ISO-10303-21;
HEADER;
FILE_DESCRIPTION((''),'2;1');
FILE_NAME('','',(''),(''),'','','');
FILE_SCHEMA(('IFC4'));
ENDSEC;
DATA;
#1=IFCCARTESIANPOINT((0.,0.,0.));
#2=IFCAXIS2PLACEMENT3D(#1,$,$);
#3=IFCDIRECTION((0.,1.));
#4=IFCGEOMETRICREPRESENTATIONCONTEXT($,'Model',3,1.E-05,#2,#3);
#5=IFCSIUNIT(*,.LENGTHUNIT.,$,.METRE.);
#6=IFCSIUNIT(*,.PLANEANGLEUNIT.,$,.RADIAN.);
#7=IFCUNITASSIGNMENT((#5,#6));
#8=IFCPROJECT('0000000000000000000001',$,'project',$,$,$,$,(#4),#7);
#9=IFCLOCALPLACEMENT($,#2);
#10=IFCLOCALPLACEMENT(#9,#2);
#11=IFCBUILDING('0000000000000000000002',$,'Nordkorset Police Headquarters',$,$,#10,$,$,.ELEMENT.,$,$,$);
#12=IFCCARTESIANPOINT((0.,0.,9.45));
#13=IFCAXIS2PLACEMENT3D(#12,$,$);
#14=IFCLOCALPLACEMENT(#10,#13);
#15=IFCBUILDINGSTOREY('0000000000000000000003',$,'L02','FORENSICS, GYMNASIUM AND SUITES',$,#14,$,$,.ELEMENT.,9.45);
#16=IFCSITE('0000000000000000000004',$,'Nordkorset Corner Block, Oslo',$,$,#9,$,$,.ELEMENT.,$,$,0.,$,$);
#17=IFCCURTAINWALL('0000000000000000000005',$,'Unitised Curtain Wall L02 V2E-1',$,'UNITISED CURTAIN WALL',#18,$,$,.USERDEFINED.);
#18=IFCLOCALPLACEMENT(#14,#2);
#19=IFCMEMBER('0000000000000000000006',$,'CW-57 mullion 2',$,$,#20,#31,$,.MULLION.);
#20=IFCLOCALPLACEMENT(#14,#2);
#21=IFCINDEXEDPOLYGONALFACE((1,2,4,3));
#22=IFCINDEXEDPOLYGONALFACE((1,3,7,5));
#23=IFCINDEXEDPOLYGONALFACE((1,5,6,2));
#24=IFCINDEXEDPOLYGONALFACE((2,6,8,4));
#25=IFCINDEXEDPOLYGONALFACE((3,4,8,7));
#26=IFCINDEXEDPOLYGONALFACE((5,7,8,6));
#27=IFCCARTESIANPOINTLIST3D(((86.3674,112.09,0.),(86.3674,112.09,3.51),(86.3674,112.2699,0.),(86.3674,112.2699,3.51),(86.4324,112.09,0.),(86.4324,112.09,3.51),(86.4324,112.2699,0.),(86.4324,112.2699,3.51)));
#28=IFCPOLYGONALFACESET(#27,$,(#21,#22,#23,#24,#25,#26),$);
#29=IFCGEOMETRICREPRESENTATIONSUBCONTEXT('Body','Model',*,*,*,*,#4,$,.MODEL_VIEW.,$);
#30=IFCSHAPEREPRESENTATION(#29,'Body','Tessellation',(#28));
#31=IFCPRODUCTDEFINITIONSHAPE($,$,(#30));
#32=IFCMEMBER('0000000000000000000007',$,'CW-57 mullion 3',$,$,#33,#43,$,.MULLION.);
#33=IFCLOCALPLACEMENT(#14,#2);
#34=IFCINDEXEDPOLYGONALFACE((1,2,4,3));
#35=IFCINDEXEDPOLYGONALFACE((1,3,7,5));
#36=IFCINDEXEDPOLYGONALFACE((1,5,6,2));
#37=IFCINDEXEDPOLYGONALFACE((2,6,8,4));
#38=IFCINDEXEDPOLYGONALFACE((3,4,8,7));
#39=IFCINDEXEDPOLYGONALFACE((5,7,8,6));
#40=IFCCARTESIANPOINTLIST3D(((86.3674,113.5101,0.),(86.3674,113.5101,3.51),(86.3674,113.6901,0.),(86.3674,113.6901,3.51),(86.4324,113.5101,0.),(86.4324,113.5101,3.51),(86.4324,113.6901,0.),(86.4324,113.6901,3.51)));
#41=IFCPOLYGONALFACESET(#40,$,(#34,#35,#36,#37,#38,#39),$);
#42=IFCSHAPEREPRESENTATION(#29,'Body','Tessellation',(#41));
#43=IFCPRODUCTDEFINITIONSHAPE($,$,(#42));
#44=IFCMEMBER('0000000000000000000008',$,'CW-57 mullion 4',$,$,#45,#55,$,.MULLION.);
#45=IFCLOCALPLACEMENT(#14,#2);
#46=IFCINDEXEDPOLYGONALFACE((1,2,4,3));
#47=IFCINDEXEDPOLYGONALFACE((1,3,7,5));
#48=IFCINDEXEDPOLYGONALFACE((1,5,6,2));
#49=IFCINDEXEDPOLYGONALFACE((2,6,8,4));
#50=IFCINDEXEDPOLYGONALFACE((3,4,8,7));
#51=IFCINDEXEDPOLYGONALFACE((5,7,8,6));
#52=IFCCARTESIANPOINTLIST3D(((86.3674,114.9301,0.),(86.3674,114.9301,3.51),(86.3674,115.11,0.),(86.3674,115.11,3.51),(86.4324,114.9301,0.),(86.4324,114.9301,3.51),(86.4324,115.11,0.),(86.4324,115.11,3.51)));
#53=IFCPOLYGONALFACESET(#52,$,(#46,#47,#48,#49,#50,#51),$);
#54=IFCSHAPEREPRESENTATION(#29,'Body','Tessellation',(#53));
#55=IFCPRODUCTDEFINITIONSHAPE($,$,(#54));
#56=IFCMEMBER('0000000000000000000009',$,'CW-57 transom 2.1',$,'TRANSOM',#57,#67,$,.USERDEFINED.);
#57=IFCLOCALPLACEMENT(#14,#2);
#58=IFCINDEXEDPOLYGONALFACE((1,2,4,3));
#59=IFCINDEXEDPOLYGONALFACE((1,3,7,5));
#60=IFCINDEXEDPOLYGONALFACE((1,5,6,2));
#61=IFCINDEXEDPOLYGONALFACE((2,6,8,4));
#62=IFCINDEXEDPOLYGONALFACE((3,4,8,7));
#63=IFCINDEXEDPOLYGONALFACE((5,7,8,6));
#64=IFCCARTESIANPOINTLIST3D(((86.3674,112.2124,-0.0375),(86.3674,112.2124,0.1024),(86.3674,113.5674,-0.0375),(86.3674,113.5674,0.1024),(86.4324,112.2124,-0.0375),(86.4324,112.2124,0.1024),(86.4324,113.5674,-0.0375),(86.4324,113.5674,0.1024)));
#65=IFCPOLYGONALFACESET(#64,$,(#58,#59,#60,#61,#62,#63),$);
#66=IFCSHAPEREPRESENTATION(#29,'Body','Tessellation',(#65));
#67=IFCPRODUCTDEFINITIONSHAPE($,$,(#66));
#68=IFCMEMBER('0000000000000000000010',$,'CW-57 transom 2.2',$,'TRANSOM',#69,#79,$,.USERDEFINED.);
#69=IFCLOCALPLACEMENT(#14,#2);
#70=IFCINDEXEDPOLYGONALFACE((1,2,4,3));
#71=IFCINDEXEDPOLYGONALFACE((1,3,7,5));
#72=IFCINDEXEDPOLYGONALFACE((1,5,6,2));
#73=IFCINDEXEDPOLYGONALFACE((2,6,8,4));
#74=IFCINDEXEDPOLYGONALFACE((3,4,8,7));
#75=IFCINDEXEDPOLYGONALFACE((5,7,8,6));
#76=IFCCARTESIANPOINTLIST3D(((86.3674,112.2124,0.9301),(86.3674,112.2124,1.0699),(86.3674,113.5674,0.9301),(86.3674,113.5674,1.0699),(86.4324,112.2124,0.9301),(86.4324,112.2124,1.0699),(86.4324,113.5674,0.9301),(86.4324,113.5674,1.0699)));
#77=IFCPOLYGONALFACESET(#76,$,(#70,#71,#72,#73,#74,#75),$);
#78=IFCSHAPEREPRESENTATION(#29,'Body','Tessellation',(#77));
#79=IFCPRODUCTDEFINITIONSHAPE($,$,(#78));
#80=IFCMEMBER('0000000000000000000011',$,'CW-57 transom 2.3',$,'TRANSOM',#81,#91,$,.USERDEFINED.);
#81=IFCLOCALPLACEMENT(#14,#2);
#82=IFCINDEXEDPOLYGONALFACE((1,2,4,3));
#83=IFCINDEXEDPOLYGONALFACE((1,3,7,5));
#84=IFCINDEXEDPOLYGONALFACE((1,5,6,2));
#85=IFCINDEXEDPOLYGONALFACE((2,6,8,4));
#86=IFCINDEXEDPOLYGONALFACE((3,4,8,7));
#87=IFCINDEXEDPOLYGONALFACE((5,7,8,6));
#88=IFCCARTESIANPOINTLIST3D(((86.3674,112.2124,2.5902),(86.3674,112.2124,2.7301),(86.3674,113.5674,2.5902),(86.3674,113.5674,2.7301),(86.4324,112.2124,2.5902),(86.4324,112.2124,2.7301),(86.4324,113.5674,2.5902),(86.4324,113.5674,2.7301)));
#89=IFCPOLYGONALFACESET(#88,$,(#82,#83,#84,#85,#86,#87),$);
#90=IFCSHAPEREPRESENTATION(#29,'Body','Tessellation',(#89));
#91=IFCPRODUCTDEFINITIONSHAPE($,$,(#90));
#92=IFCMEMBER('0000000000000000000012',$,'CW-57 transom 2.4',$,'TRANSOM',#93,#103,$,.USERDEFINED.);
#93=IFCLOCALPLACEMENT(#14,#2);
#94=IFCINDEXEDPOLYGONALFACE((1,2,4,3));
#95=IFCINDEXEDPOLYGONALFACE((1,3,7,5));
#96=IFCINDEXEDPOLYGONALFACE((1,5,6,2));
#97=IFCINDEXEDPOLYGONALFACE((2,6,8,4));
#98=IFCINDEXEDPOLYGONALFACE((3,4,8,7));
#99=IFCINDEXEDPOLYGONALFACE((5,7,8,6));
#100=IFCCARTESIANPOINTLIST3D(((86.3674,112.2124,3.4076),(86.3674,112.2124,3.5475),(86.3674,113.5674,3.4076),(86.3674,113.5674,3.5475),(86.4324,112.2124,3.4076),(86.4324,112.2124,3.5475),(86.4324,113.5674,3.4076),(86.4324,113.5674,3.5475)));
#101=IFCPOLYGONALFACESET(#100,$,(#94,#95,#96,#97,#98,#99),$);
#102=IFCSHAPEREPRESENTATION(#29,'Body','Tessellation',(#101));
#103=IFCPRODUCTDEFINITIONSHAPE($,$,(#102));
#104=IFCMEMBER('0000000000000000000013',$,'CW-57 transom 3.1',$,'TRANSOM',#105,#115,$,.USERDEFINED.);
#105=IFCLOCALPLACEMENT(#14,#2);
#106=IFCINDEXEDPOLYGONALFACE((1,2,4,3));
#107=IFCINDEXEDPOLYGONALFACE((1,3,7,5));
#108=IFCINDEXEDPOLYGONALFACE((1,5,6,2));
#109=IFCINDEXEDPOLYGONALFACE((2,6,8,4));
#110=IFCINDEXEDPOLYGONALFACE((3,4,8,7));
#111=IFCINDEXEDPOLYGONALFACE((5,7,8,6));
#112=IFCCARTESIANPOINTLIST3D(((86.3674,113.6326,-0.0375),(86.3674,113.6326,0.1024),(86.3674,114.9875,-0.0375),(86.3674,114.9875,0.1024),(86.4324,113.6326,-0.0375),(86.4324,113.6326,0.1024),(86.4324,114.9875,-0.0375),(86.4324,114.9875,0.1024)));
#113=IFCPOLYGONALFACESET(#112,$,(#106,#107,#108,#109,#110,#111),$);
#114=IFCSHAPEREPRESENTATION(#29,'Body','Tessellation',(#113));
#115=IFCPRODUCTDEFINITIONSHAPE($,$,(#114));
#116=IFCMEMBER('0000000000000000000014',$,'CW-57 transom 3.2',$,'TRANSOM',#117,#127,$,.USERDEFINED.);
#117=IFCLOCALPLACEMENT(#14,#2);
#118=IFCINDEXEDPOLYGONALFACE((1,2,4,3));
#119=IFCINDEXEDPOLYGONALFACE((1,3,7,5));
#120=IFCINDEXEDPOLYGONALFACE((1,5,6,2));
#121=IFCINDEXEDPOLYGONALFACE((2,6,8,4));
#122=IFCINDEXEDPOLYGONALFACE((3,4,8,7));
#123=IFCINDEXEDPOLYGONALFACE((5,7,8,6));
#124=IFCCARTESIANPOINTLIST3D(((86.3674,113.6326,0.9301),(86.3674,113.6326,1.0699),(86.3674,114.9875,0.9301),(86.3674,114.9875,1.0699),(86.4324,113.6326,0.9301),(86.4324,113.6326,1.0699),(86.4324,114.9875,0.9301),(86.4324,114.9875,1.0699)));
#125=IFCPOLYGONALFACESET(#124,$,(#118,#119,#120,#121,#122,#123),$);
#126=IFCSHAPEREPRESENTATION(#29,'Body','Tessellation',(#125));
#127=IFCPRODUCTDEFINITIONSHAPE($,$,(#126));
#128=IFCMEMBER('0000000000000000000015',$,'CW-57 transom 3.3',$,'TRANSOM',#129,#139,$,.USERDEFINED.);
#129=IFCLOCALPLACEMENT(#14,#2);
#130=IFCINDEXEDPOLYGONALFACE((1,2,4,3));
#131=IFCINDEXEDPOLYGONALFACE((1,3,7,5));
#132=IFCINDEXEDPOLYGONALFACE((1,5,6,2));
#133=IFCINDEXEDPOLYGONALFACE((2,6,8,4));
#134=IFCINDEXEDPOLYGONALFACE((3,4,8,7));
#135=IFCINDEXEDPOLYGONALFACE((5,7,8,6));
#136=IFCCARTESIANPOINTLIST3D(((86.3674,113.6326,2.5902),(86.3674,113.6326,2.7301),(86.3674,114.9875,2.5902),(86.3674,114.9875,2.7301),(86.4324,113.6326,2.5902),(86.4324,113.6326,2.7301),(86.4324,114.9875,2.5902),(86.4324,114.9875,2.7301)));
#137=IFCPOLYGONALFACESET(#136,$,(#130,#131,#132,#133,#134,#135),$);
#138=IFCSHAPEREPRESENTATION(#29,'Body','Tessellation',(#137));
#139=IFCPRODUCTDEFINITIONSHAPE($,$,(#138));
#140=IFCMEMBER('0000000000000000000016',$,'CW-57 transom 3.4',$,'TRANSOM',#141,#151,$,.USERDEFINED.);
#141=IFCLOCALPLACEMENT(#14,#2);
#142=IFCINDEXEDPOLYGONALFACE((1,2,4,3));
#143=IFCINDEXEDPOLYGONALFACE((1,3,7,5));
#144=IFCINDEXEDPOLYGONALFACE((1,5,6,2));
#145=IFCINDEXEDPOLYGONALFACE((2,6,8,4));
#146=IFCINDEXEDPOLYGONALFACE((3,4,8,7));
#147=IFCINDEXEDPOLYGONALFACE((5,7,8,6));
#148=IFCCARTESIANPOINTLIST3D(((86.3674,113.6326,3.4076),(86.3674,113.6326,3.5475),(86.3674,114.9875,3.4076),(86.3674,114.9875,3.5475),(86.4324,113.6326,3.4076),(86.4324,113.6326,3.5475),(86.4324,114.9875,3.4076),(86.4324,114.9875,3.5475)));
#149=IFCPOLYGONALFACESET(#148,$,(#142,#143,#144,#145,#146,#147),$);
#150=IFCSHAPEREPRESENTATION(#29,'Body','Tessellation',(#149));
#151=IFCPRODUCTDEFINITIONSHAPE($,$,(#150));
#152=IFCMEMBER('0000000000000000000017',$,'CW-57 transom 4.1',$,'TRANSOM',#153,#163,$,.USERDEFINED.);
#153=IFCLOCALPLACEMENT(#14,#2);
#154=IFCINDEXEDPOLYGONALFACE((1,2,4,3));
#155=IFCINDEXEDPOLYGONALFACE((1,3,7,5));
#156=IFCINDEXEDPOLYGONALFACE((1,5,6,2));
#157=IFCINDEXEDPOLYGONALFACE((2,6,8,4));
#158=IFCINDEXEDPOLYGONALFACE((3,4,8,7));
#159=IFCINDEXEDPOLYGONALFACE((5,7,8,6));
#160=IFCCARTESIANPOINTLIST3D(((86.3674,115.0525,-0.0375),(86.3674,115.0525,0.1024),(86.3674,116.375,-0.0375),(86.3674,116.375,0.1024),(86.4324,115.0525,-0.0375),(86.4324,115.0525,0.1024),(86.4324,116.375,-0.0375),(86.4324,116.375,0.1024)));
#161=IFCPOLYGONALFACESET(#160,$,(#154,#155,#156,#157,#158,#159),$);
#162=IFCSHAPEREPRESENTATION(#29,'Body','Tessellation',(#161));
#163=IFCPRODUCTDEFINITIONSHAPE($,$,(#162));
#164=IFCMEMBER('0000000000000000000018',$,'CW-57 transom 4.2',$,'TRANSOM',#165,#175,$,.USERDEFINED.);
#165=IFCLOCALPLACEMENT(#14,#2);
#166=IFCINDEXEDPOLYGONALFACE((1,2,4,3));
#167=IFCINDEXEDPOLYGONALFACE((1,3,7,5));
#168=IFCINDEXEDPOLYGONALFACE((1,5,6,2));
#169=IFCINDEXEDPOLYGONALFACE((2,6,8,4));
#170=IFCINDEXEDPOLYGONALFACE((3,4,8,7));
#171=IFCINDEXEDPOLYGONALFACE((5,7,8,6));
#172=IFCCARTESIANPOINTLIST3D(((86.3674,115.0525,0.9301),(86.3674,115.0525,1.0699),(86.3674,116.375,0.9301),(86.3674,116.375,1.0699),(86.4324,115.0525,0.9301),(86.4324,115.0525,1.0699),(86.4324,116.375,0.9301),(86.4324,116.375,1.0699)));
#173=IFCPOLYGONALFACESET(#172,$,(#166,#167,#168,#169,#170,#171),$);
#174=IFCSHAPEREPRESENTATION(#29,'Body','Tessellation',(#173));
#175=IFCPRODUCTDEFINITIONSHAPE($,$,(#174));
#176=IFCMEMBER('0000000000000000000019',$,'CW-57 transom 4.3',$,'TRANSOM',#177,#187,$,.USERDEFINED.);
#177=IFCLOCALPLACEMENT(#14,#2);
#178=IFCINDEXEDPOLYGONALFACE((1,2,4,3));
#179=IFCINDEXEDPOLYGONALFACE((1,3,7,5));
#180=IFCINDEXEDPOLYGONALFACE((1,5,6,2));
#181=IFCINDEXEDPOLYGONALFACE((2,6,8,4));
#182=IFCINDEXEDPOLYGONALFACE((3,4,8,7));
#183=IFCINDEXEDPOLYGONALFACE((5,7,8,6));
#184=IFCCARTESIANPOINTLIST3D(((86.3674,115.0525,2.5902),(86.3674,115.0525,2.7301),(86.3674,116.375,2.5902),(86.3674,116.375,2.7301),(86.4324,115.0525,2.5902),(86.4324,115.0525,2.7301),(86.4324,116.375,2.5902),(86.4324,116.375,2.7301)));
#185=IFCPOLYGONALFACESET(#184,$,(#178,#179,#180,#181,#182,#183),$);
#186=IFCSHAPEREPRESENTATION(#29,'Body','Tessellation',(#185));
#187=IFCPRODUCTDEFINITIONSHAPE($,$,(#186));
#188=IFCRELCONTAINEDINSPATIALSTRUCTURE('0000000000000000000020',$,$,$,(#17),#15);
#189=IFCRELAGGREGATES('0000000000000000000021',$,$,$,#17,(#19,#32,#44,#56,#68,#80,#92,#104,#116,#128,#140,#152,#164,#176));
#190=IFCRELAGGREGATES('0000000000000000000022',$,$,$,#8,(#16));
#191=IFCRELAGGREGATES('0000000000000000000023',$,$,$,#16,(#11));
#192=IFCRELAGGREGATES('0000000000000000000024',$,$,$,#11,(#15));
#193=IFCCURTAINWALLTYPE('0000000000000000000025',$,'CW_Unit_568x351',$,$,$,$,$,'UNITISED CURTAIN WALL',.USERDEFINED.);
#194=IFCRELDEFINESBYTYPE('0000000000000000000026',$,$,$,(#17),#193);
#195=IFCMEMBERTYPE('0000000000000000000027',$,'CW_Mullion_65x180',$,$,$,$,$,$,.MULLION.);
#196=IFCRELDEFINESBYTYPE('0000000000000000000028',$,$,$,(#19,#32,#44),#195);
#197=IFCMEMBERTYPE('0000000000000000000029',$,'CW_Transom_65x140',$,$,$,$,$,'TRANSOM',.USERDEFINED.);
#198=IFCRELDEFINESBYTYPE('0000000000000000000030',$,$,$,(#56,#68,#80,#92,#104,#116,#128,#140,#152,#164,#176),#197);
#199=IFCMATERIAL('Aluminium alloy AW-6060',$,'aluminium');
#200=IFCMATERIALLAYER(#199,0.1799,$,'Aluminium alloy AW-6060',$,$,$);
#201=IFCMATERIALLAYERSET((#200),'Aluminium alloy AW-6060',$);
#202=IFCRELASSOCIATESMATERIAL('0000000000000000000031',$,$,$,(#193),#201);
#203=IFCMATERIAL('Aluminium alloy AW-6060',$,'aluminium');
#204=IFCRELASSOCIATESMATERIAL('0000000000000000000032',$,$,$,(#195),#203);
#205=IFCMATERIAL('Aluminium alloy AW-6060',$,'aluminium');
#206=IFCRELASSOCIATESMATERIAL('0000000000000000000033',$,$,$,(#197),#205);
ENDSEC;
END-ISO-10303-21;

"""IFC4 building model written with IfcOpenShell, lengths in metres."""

from ifc_helpers import new_model, si_unit, direction, frame, origin, origin_2d, place, context, subcontext, project, spatial, rectangle, extrude, material, layer, layer_set, material_profile, profile_set, type_object, element, aggregate, save


model = new_model("IFC4")

# Units and contexts
model_context = context("Model", 3, precision=1e-05, world=origin(), true_north=direction((0.0, 1.0)))
body_context = subcontext(model_context, "Body", "Model", "MODEL_VIEW")
ifc_project = project(units=[si_unit("LENGTHUNIT", "METRE"), si_unit("PLANEANGLEUNIT", "RADIAN")], contexts=[model_context])

# Site, building, storey
site_placement = place(None, origin())
site = spatial("IfcSite", under=ifc_project, at=site_placement, Name="Nordkorset Corner Block, Oslo", CompositionType="ELEMENT", RefElevation=0.0)
building_placement = place(site_placement, origin())
building = spatial("IfcBuilding", under=site, at=building_placement, Name="Nordkorset Police Headquarters", CompositionType="ELEMENT")
storey_placement = place(building_placement, frame((0.0, 0.0, 9.45)))
storey = spatial("IfcBuildingStorey", under=building, at=storey_placement, Name="L02", Description="FORENSICS, GYMNASIUM AND SUITES", CompositionType="ELEMENT", Elevation=9.45)

# Curtain wall, members
ifc_material_1 = material(Name="Aluminium alloy AW-6060", Category="aluminium")
ifc_layer_1 = layer(ifc_material_1, 0.1799, Name="Aluminium alloy AW-6060")
ifc_layer_set_1 = layer_set([ifc_layer_1], Name="Aluminium alloy AW-6060")
curtain_wall_type = type_object("IfcCurtainWallType", Name="CW_Unit_568x351", ElementType="UNITISED CURTAIN WALL", PredefinedType="USERDEFINED", material=ifc_layer_set_1)
curtain_wall_placement = place(storey_placement, origin())
curtain_wall = element("IfcCurtainWall", 1, at=curtain_wall_placement, inside=storey, type_object=curtain_wall_type, Name="Unitised Curtain Wall L02 V2E-1", ObjectType="UNITISED CURTAIN WALL", PredefinedType="USERDEFINED")
ifc_material_2 = material(Name="Aluminium alloy AW-6060", Category="aluminium")
ifc_material_profile_1 = material_profile(ifc_material_2, rectangle(XDim=0.0649, YDim=0.1799, at=origin_2d()), Name="ALU MULL 65x180")
ifc_profile_set_1 = profile_set([ifc_material_profile_1], Name="Aluminium alloy AW-6060")
member_type_1 = type_object("IfcMemberType", Name="CW_Mullion_65x180", PredefinedType="MULLION", material=ifc_profile_set_1)
member_1_placement = place(storey_placement, frame((86.3999, 112.1799, 0.0), z_axis=(0.0, 0.0, 1.0), x_axis=(-1.0, 0.0, 0.0)))
member_1 = element("IfcMember", 2, at=member_1_placement, type_object=member_type_1, Name="CW-57 mullion 2", PredefinedType="MULLION", context=body_context, shape_type="SweptSolid", body=[
    extrude(rectangle(XDim=0.0649, YDim=0.1799, at=origin_2d()), origin(), (0.0, 0.0, 1.0), 3.51),
])
member_2_placement = place(storey_placement, frame((86.3999, 113.6001, 0.0), z_axis=(0.0, 0.0, 1.0), x_axis=(-1.0, 0.0, 0.0)))
member_2 = element("IfcMember", 3, at=member_2_placement, type_object=member_type_1, Name="CW-57 mullion 3", PredefinedType="MULLION", context=body_context, shape_type="SweptSolid", body=[
    extrude(rectangle(XDim=0.0649, YDim=0.1799, at=origin_2d()), origin(), (0.0, 0.0, 1.0), 3.51),
])
member_3_placement = place(storey_placement, frame((86.3999, 115.02, 0.0), z_axis=(0.0, 0.0, 1.0), x_axis=(-1.0, 0.0, 0.0)))
member_3 = element("IfcMember", 4, at=member_3_placement, type_object=member_type_1, Name="CW-57 mullion 4", PredefinedType="MULLION", context=body_context, shape_type="SweptSolid", body=[
    extrude(rectangle(XDim=0.0649, YDim=0.1799, at=origin_2d()), origin(), (0.0, 0.0, 1.0), 3.51),
])
ifc_material_3 = material(Name="Aluminium alloy AW-6060", Category="aluminium")
ifc_material_profile_2 = material_profile(ifc_material_3, rectangle(XDim=0.0649, YDim=0.1399, at=origin_2d()), Name="ALU TRAN 65x140")
ifc_profile_set_2 = profile_set([ifc_material_profile_2], Name="Aluminium alloy AW-6060")
member_type_2 = type_object("IfcMemberType", Name="CW_Transom_65x140", ElementType="TRANSOM", PredefinedType="USERDEFINED", material=ifc_profile_set_2)
member_4_placement = place(storey_placement, frame((86.3999, 112.2124, 0.0325), z_axis=(0.0, 1.0, 0.0), x_axis=(-1.0, 0.0, 0.0)))
member_4 = element("IfcMember", 5, at=member_4_placement, type_object=member_type_2, Name="CW-57 transom 2.1", ObjectType="TRANSOM", PredefinedType="USERDEFINED", context=body_context, shape_type="SweptSolid", body=[
    extrude(rectangle(XDim=0.0649, YDim=0.1399, at=origin_2d()), origin(), (0.0, 0.0, 1.0), 1.355),
])
member_5_placement = place(storey_placement, frame((86.3999, 112.2124, 1.0), z_axis=(0.0, 1.0, 0.0), x_axis=(-1.0, 0.0, 0.0)))
member_5 = element("IfcMember", 6, at=member_5_placement, type_object=member_type_2, Name="CW-57 transom 2.2", ObjectType="TRANSOM", PredefinedType="USERDEFINED", context=body_context, shape_type="SweptSolid", body=[
    extrude(rectangle(XDim=0.0649, YDim=0.1399, at=origin_2d()), origin(), (0.0, 0.0, 1.0), 1.355),
])
member_6_placement = place(storey_placement, frame((86.3999, 112.2124, 2.6602), z_axis=(0.0, 1.0, 0.0), x_axis=(-1.0, 0.0, 0.0)))
member_6 = element("IfcMember", 7, at=member_6_placement, type_object=member_type_2, Name="CW-57 transom 2.3", ObjectType="TRANSOM", PredefinedType="USERDEFINED", context=body_context, shape_type="SweptSolid", body=[
    extrude(rectangle(XDim=0.0649, YDim=0.1399, at=origin_2d()), origin(), (0.0, 0.0, 1.0), 1.355),
])
member_7_placement = place(storey_placement, frame((86.3999, 112.2124, 3.4775), z_axis=(0.0, 1.0, 0.0), x_axis=(-1.0, 0.0, 0.0)))
member_7 = element("IfcMember", 8, at=member_7_placement, type_object=member_type_2, Name="CW-57 transom 2.4", ObjectType="TRANSOM", PredefinedType="USERDEFINED", context=body_context, shape_type="SweptSolid", body=[
    extrude(rectangle(XDim=0.0649, YDim=0.1399, at=origin_2d()), origin(), (0.0, 0.0, 1.0), 1.355),
])
member_8_placement = place(storey_placement, frame((86.3999, 113.6326, 0.0325), z_axis=(0.0, 1.0, 0.0), x_axis=(-1.0, 0.0, 0.0)))
member_8 = element("IfcMember", 9, at=member_8_placement, type_object=member_type_2, Name="CW-57 transom 3.1", ObjectType="TRANSOM", PredefinedType="USERDEFINED", context=body_context, shape_type="SweptSolid", body=[
    extrude(rectangle(XDim=0.0649, YDim=0.1399, at=origin_2d()), origin(), (0.0, 0.0, 1.0), 1.355),
])
member_9_placement = place(storey_placement, frame((86.3999, 113.6326, 1.0), z_axis=(0.0, 1.0, 0.0), x_axis=(-1.0, 0.0, 0.0)))
member_9 = element("IfcMember", 10, at=member_9_placement, type_object=member_type_2, Name="CW-57 transom 3.2", ObjectType="TRANSOM", PredefinedType="USERDEFINED", context=body_context, shape_type="SweptSolid", body=[
    extrude(rectangle(XDim=0.0649, YDim=0.1399, at=origin_2d()), origin(), (0.0, 0.0, 1.0), 1.355),
])
member_10_placement = place(storey_placement, frame((86.3999, 113.6326, 2.6602), z_axis=(0.0, 1.0, 0.0), x_axis=(-1.0, 0.0, 0.0)))
member_10 = element("IfcMember", 11, at=member_10_placement, type_object=member_type_2, Name="CW-57 transom 3.3", ObjectType="TRANSOM", PredefinedType="USERDEFINED", context=body_context, shape_type="SweptSolid", body=[
    extrude(rectangle(XDim=0.0649, YDim=0.1399, at=origin_2d()), origin(), (0.0, 0.0, 1.0), 1.355),
])
member_11_placement = place(storey_placement, frame((86.3999, 113.6326, 3.4775), z_axis=(0.0, 1.0, 0.0), x_axis=(-1.0, 0.0, 0.0)))
member_11 = element("IfcMember", 12, at=member_11_placement, type_object=member_type_2, Name="CW-57 transom 3.4", ObjectType="TRANSOM", PredefinedType="USERDEFINED", context=body_context, shape_type="SweptSolid", body=[
    extrude(rectangle(XDim=0.0649, YDim=0.1399, at=origin_2d()), origin(), (0.0, 0.0, 1.0), 1.355),
])
member_12_placement = place(storey_placement, frame((86.3999, 115.0525, 0.0325), z_axis=(0.0, 1.0, 0.0), x_axis=(-1.0, 0.0, 0.0)))
member_12 = element("IfcMember", 13, at=member_12_placement, type_object=member_type_2, Name="CW-57 transom 4.1", ObjectType="TRANSOM", PredefinedType="USERDEFINED", context=body_context, shape_type="SweptSolid", body=[
    extrude(rectangle(XDim=0.0649, YDim=0.1399, at=origin_2d()), origin(), (0.0, 0.0, 1.0), 1.3225),
])
member_13_placement = place(storey_placement, frame((86.3999, 115.0525, 1.0), z_axis=(0.0, 1.0, 0.0), x_axis=(-1.0, 0.0, 0.0)))
member_13 = element("IfcMember", 14, at=member_13_placement, type_object=member_type_2, Name="CW-57 transom 4.2", ObjectType="TRANSOM", PredefinedType="USERDEFINED", context=body_context, shape_type="SweptSolid", body=[
    extrude(rectangle(XDim=0.0649, YDim=0.1399, at=origin_2d()), origin(), (0.0, 0.0, 1.0), 1.3225),
])
member_14_placement = place(storey_placement, frame((86.3999, 115.0525, 2.6602), z_axis=(0.0, 1.0, 0.0), x_axis=(-1.0, 0.0, 0.0)))
member_14 = element("IfcMember", 15, at=member_14_placement, type_object=member_type_2, Name="CW-57 transom 4.3", ObjectType="TRANSOM", PredefinedType="USERDEFINED", context=body_context, shape_type="SweptSolid", body=[
    extrude(rectangle(XDim=0.0649, YDim=0.1399, at=origin_2d()), origin(), (0.0, 0.0, 1.0), 1.3225),
])
aggregate(curtain_wall, [member_1, member_2, member_3, member_4, member_5, member_6, member_7, member_8, member_9, member_10, member_11, member_12, member_13, member_14])

save(model, "model.ifc")
